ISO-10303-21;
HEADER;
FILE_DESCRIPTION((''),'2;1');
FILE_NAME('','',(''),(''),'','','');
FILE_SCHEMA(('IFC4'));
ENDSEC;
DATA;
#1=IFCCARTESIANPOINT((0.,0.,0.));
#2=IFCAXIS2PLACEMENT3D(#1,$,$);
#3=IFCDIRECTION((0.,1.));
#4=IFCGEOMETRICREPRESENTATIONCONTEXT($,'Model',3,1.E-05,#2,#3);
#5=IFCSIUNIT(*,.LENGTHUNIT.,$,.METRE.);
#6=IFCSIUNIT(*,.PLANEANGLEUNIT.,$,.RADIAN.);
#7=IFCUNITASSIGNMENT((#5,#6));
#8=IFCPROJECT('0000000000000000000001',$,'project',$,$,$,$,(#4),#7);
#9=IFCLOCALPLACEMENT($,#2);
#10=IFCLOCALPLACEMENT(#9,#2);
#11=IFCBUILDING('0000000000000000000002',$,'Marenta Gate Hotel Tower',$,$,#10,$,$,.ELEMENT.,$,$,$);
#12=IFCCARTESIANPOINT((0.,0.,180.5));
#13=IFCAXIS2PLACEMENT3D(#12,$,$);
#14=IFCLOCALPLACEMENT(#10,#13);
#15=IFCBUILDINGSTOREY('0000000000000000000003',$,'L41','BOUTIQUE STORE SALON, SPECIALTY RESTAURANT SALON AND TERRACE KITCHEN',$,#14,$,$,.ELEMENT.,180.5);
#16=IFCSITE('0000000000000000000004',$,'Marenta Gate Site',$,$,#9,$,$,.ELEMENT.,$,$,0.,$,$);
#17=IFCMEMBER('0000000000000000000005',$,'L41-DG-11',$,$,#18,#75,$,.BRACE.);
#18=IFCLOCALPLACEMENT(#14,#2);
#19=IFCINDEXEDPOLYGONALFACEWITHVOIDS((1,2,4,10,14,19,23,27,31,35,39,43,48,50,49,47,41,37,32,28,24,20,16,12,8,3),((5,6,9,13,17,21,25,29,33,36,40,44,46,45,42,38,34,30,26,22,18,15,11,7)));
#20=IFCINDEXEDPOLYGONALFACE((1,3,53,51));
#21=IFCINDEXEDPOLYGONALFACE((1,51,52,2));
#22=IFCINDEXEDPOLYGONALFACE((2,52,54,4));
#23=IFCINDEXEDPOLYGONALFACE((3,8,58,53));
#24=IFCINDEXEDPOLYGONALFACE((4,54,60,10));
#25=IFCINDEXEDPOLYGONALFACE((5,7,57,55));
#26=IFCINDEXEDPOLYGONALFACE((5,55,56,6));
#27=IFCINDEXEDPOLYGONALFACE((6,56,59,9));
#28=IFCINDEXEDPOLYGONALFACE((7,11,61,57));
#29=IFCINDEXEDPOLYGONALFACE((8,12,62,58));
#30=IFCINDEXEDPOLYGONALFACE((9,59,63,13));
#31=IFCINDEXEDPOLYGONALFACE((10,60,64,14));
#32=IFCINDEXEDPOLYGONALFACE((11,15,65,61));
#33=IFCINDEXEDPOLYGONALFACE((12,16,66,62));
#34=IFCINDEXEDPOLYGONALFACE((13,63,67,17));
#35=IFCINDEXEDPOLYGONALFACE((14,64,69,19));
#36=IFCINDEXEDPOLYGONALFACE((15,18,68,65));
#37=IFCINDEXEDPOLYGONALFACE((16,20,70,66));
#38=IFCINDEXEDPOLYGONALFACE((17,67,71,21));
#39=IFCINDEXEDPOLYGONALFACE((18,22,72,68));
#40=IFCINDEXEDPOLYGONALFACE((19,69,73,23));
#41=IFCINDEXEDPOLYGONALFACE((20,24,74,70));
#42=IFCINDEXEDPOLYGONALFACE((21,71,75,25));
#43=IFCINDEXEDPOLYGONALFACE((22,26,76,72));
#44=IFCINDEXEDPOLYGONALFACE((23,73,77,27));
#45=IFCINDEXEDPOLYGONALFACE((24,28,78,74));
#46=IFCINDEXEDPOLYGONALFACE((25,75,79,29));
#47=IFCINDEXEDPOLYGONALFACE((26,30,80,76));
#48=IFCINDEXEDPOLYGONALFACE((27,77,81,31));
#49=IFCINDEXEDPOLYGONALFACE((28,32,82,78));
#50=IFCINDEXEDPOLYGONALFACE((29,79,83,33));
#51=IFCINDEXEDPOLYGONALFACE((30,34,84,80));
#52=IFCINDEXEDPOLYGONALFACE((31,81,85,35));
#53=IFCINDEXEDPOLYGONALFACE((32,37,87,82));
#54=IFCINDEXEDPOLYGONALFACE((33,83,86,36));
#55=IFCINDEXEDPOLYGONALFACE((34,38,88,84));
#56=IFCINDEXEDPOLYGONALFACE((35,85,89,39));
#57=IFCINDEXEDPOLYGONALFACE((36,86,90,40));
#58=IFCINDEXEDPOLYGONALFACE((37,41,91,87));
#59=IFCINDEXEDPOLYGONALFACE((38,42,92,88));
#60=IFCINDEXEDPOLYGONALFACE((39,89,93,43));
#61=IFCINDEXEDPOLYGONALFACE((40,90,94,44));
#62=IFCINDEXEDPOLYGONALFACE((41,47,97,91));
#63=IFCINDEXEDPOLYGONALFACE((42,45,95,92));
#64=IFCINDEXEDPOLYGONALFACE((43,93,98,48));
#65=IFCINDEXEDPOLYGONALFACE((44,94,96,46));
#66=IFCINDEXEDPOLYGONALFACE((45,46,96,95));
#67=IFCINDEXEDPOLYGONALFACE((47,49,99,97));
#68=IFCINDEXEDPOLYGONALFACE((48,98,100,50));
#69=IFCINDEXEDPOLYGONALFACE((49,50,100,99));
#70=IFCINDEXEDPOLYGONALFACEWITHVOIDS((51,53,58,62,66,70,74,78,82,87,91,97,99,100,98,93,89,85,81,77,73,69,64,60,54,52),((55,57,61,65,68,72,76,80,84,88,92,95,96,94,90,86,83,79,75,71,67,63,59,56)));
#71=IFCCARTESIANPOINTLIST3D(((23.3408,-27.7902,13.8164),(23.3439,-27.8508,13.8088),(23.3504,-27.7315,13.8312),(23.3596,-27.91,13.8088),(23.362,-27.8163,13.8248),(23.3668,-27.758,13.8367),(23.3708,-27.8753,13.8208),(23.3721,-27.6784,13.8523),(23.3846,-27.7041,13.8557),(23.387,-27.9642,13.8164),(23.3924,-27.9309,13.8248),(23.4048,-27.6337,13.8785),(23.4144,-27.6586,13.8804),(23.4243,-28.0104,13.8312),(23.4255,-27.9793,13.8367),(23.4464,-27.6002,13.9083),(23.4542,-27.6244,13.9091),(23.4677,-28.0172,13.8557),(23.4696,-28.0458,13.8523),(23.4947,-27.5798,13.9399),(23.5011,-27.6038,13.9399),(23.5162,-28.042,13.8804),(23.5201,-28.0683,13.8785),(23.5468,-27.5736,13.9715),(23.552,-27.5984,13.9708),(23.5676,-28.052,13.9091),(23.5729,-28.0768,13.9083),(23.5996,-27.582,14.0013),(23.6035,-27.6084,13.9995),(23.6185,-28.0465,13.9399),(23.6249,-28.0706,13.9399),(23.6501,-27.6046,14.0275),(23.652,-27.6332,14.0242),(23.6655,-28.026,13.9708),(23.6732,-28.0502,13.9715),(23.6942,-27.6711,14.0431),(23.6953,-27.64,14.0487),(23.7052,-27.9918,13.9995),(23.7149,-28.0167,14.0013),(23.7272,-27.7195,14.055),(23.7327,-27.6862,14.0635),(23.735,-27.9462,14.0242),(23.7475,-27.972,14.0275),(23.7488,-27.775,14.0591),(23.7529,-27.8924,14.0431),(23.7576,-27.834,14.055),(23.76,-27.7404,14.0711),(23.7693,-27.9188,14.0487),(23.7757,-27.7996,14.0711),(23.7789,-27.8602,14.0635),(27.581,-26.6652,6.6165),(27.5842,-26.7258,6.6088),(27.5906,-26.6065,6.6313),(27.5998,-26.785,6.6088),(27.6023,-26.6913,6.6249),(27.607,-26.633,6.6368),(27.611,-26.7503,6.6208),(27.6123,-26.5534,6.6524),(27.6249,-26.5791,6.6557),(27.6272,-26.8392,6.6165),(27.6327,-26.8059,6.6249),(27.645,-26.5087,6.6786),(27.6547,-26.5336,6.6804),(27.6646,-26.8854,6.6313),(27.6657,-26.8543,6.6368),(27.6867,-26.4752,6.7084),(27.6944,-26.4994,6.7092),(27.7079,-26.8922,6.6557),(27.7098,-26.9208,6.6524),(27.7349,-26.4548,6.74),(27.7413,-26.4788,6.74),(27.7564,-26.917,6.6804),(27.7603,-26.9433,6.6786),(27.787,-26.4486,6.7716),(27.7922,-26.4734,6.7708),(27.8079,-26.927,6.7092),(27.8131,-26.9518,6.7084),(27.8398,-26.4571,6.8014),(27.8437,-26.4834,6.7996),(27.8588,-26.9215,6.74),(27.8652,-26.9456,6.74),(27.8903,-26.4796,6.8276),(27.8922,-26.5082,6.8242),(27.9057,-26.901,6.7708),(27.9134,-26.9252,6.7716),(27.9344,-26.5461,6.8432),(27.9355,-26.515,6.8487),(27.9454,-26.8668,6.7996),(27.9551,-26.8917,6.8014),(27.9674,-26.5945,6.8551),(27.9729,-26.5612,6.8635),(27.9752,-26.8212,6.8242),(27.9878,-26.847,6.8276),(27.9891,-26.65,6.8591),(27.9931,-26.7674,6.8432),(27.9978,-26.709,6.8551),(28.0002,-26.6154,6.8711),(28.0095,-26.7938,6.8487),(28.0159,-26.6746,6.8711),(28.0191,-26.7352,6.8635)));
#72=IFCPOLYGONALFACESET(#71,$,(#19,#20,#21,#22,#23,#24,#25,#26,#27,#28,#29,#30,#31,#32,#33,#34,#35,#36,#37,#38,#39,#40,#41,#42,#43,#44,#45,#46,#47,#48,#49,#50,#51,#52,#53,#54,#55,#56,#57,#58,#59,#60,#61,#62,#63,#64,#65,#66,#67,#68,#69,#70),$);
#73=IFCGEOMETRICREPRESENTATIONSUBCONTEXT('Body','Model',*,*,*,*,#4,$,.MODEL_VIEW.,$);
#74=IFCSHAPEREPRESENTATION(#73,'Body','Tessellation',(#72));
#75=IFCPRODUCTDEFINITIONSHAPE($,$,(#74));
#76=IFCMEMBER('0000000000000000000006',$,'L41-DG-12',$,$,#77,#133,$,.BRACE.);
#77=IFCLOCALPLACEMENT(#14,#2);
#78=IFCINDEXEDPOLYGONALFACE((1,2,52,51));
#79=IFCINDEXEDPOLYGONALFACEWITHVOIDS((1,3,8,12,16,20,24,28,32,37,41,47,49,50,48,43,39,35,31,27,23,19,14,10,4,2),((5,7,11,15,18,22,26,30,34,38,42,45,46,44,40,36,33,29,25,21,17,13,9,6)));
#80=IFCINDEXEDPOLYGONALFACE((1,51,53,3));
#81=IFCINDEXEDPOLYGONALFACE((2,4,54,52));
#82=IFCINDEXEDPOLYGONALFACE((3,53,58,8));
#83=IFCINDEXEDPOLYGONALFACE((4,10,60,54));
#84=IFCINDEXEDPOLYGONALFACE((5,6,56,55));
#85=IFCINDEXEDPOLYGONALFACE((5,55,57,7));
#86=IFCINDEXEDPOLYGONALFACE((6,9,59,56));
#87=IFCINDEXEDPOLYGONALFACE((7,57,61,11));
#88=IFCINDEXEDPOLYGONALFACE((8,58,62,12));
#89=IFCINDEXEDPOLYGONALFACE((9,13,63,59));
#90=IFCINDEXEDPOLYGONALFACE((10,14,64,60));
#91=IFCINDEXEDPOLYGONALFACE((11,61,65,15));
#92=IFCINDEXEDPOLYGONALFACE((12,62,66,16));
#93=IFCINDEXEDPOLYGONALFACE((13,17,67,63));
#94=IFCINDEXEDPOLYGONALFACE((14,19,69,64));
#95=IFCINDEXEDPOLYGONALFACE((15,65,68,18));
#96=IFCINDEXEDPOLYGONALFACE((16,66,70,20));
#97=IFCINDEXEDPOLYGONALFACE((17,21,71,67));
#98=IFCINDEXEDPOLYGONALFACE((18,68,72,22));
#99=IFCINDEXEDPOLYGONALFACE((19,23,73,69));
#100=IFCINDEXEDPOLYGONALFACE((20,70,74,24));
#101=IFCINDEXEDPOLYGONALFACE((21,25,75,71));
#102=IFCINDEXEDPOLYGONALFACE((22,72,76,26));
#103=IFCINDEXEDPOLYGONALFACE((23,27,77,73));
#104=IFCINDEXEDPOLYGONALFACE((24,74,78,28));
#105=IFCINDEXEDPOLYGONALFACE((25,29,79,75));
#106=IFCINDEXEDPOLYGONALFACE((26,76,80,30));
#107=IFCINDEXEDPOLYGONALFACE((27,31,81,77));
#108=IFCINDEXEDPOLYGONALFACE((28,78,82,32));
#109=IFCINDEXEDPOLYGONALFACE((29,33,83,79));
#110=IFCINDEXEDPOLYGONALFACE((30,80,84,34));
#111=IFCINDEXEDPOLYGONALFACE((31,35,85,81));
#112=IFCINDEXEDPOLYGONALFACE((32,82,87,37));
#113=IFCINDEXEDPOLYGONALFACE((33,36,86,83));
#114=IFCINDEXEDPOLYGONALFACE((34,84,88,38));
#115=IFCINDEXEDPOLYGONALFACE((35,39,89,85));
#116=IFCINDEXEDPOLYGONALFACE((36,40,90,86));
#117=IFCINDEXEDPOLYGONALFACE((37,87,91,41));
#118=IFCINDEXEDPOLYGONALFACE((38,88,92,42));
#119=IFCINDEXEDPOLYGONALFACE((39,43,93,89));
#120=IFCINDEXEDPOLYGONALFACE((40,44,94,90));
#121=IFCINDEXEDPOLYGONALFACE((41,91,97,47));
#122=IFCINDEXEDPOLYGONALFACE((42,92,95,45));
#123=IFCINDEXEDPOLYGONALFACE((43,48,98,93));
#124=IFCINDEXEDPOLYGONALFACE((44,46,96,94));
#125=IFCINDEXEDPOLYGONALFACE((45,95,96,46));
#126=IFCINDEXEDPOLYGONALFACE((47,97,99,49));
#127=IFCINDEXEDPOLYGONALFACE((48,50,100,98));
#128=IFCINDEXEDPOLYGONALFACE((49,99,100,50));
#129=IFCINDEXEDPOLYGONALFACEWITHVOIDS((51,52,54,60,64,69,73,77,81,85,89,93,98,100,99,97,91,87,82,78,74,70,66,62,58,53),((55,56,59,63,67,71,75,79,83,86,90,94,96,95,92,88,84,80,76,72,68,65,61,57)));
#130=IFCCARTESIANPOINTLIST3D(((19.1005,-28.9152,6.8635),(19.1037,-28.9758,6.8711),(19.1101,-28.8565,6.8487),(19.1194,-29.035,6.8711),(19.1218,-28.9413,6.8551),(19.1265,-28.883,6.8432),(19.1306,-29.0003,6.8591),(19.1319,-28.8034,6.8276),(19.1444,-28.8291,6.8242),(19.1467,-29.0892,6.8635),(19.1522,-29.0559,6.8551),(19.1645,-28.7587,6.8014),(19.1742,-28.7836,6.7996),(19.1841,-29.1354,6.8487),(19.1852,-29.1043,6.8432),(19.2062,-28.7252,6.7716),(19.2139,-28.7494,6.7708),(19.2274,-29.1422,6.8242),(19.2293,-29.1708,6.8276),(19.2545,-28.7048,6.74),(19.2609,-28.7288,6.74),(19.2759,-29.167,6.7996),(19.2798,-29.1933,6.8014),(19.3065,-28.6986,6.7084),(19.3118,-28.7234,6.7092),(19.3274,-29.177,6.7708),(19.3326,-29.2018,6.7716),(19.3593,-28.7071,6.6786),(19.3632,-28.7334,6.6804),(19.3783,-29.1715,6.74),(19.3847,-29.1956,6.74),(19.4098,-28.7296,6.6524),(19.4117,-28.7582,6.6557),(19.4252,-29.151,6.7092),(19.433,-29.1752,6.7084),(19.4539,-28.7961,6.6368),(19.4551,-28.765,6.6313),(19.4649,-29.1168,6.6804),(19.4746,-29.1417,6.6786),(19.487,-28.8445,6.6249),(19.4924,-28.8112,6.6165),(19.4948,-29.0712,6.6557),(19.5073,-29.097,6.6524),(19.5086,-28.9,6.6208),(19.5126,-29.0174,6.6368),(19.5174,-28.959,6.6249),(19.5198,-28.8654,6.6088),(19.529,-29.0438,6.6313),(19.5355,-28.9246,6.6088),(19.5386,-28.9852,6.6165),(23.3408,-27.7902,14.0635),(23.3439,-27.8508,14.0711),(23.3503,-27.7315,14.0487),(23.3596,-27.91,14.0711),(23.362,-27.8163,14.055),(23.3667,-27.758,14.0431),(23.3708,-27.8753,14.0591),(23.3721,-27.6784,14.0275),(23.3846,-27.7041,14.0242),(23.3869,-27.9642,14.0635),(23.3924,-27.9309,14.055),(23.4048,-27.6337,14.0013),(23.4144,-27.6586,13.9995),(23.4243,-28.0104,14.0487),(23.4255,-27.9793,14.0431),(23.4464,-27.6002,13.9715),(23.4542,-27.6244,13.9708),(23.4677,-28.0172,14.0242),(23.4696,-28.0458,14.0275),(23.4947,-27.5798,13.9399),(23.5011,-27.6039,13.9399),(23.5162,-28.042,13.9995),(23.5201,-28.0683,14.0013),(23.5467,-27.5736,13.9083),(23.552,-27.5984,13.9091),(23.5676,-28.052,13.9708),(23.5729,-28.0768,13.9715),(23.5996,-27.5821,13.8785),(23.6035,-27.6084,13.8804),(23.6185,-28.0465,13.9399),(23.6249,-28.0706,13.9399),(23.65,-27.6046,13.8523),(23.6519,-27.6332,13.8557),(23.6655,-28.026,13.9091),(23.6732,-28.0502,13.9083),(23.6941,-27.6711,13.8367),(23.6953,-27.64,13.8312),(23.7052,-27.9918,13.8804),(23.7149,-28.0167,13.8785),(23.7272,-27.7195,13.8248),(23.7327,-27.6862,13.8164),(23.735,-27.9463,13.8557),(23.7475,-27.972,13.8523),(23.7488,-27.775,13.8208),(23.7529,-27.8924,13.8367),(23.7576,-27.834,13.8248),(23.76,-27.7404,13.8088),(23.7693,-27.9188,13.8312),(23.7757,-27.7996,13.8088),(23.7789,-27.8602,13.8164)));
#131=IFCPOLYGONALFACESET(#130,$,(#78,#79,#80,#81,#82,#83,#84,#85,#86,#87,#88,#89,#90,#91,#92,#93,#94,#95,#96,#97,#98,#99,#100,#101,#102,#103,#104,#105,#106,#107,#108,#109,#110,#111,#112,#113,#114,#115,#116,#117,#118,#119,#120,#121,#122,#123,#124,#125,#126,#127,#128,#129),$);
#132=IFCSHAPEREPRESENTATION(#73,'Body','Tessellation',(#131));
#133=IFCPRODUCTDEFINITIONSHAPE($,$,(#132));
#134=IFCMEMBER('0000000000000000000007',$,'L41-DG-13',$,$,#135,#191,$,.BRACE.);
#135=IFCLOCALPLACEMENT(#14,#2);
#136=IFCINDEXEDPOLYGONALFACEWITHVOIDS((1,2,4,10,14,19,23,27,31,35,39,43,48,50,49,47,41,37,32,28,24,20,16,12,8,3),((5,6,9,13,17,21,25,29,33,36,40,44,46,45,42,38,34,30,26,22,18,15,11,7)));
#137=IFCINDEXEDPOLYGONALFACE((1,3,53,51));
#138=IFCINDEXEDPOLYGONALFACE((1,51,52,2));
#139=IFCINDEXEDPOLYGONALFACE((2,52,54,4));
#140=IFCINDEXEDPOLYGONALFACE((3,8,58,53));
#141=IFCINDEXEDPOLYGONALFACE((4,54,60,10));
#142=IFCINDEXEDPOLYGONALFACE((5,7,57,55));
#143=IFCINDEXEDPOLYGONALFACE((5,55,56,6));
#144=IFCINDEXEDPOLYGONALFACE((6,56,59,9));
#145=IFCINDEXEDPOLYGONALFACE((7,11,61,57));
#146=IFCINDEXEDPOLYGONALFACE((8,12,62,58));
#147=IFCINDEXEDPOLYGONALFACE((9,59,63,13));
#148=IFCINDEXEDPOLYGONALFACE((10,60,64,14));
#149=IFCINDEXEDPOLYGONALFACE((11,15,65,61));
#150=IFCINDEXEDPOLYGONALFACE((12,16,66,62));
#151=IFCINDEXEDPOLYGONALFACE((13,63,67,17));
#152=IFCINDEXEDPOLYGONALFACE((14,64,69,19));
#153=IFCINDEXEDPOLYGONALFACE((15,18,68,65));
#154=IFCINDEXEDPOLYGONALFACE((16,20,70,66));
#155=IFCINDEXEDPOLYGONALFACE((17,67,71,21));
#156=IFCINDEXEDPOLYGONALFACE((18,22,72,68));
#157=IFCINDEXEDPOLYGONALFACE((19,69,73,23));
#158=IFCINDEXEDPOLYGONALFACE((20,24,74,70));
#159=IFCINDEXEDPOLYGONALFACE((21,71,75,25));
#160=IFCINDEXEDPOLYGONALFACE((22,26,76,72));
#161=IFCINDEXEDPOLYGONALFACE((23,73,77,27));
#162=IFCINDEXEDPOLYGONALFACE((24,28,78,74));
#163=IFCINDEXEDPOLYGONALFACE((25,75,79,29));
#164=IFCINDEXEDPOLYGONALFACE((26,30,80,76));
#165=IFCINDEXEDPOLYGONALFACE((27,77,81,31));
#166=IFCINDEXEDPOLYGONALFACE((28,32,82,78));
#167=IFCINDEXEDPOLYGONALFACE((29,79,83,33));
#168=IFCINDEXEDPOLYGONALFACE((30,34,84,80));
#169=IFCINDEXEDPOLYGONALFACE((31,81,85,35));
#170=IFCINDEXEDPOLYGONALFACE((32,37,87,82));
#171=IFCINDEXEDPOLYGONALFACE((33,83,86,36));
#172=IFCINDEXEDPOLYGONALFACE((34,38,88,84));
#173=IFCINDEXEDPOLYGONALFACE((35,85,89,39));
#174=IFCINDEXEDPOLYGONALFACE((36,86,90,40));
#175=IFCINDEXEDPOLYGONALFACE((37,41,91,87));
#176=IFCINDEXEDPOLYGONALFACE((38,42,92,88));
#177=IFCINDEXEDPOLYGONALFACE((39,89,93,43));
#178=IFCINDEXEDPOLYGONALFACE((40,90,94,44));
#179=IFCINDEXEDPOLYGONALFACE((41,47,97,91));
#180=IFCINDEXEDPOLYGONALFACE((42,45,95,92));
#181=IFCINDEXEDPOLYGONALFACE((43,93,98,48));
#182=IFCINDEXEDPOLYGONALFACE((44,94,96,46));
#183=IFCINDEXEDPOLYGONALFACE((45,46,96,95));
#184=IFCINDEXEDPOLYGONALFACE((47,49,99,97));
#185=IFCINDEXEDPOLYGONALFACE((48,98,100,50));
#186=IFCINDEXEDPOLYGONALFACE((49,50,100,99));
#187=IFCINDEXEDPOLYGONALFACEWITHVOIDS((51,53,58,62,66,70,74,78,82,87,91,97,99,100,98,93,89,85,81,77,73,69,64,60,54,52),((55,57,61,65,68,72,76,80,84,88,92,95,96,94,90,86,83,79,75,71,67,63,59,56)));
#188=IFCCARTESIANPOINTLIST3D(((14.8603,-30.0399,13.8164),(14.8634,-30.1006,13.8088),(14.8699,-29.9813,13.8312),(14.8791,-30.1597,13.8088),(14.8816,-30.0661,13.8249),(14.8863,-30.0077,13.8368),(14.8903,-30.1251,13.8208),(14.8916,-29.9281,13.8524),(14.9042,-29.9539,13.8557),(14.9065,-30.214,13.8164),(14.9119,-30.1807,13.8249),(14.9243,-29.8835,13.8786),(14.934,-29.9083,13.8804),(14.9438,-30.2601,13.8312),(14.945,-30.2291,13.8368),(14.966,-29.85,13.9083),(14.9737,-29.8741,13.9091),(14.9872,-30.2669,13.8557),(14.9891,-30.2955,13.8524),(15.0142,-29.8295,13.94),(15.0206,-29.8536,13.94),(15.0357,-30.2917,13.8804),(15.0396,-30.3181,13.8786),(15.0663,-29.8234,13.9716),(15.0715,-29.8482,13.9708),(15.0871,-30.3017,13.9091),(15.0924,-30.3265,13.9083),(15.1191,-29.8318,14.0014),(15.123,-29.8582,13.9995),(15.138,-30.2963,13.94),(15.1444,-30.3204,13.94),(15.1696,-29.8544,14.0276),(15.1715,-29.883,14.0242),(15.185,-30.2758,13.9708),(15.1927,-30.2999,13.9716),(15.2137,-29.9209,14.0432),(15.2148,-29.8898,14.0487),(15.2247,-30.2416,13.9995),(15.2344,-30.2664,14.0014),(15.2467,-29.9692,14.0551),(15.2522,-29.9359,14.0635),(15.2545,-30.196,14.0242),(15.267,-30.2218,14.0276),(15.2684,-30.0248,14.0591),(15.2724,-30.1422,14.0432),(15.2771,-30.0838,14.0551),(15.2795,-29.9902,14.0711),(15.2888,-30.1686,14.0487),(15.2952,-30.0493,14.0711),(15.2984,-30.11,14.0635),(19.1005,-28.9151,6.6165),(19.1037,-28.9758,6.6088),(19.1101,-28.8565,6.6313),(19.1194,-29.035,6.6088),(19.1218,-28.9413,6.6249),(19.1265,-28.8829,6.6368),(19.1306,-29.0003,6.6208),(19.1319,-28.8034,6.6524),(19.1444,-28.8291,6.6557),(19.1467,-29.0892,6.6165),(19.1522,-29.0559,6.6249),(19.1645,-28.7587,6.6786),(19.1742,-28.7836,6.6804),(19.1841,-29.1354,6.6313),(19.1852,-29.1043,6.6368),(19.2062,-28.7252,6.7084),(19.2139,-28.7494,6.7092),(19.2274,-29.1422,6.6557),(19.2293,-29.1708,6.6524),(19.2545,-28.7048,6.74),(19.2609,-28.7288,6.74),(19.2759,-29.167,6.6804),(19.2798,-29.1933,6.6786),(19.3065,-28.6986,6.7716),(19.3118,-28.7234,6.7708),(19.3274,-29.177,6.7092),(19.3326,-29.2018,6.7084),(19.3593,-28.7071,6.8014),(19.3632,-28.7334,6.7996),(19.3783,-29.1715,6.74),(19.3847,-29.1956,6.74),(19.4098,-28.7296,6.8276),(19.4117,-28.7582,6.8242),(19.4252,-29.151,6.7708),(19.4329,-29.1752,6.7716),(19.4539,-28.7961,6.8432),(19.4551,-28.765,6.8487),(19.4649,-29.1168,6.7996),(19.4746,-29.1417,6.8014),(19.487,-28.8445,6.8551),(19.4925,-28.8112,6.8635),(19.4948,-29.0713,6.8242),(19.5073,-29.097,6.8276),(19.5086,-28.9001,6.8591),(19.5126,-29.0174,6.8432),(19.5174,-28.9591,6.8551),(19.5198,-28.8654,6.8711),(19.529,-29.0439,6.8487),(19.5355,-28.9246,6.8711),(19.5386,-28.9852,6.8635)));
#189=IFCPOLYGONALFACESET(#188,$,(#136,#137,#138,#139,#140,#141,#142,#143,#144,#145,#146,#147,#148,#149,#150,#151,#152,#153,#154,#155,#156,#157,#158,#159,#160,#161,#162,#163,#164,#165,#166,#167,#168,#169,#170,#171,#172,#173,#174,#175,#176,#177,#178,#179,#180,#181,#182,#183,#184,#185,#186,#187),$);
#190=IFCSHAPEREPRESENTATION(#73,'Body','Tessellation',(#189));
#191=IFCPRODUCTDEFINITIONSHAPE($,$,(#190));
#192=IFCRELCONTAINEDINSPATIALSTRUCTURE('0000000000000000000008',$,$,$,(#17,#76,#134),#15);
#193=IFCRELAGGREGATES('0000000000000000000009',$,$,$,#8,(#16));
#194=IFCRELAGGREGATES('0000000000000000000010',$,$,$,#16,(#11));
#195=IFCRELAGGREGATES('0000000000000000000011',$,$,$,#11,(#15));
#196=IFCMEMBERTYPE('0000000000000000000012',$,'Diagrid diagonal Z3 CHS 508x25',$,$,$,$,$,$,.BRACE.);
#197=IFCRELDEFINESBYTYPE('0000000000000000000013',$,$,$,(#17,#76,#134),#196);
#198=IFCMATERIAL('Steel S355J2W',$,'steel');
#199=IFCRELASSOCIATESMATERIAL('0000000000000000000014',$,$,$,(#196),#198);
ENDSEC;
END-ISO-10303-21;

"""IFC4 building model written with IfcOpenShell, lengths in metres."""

from ifc_helpers import new_model, si_unit, direction, frame, origin, origin_2d, place, context, subcontext, project, spatial, hollow_circle, extrude, material, material_profile, profile_set, type_object, element, save


model = new_model("IFC4")

# Units and contexts
model_context = context("Model", 3, precision=1e-05, world=origin(), true_north=direction((0.0, 1.0)))
body_context = subcontext(model_context, "Body", "Model", "MODEL_VIEW")
ifc_project = project(units=[si_unit("LENGTHUNIT", "METRE"), si_unit("PLANEANGLEUNIT", "RADIAN")], contexts=[model_context])

# Site, building, storey
site_placement = place(None, origin())
site = spatial("IfcSite", under=ifc_project, at=site_placement, Name="Marenta Gate Site", CompositionType="ELEMENT", RefElevation=0.0)
building_placement = place(site_placement, origin())
building = spatial("IfcBuilding", under=site, at=building_placement, Name="Marenta Gate Hotel Tower", CompositionType="ELEMENT")
storey_placement = place(building_placement, frame((0.0, 0.0, 180.5)))
storey = spatial("IfcBuildingStorey", under=building, at=storey_placement, Name="L41", Description="BOUTIQUE STORE SALON, SPECIALTY RESTAURANT SALON AND TERRACE KITCHEN", CompositionType="ELEMENT", Elevation=180.5)

# Members
ifc_material_1 = material(Name="Steel S355J2W", Category="steel")
ifc_material_profile_1 = material_profile(ifc_material_1, hollow_circle(Radius=0.2539, WallThickness=0.0249, at=origin_2d()), Name="CHS 508x25")
ifc_profile_set_1 = profile_set([ifc_material_profile_1], Name="Steel S355J2W")
member_type_1 = type_object("IfcMemberType", Name="Diagrid diagonal Z3 CHS 508x25", PredefinedType="BRACE", material=ifc_profile_set_1)
for number, where, z_axis, x_axis, name in (
    (1, (27.8, -26.7002, 6.74), (-0.502924, -0.133434, 0.853969), (0.256443, -0.966559, 0.0), "L41-DG-11"),
    (2, (19.3196, -28.9502, 6.74), (0.502924, 0.133434, 0.853969), (-0.256443, 0.966559, 0.0), "L41-DG-12"),
    (3, (19.3196, -28.9502, 6.74), (-0.502926, -0.133405, 0.853972), (0.256391, -0.966573, 0.0), "L41-DG-13"),
):
    element("IfcMember", number, at=place(storey_placement, frame(where, z_axis=z_axis, x_axis=x_axis)), inside=storey, type_object=member_type_1, Name=name, PredefinedType="BRACE", context=body_context, shape_type="SweptSolid", body=[
        extrude(hollow_circle(Radius=0.2539, WallThickness=0.0249, at=origin_2d()), origin(), (0.0, 0.0, 1.0), 8.4312),
    ])

save(model, "model.ifc")
